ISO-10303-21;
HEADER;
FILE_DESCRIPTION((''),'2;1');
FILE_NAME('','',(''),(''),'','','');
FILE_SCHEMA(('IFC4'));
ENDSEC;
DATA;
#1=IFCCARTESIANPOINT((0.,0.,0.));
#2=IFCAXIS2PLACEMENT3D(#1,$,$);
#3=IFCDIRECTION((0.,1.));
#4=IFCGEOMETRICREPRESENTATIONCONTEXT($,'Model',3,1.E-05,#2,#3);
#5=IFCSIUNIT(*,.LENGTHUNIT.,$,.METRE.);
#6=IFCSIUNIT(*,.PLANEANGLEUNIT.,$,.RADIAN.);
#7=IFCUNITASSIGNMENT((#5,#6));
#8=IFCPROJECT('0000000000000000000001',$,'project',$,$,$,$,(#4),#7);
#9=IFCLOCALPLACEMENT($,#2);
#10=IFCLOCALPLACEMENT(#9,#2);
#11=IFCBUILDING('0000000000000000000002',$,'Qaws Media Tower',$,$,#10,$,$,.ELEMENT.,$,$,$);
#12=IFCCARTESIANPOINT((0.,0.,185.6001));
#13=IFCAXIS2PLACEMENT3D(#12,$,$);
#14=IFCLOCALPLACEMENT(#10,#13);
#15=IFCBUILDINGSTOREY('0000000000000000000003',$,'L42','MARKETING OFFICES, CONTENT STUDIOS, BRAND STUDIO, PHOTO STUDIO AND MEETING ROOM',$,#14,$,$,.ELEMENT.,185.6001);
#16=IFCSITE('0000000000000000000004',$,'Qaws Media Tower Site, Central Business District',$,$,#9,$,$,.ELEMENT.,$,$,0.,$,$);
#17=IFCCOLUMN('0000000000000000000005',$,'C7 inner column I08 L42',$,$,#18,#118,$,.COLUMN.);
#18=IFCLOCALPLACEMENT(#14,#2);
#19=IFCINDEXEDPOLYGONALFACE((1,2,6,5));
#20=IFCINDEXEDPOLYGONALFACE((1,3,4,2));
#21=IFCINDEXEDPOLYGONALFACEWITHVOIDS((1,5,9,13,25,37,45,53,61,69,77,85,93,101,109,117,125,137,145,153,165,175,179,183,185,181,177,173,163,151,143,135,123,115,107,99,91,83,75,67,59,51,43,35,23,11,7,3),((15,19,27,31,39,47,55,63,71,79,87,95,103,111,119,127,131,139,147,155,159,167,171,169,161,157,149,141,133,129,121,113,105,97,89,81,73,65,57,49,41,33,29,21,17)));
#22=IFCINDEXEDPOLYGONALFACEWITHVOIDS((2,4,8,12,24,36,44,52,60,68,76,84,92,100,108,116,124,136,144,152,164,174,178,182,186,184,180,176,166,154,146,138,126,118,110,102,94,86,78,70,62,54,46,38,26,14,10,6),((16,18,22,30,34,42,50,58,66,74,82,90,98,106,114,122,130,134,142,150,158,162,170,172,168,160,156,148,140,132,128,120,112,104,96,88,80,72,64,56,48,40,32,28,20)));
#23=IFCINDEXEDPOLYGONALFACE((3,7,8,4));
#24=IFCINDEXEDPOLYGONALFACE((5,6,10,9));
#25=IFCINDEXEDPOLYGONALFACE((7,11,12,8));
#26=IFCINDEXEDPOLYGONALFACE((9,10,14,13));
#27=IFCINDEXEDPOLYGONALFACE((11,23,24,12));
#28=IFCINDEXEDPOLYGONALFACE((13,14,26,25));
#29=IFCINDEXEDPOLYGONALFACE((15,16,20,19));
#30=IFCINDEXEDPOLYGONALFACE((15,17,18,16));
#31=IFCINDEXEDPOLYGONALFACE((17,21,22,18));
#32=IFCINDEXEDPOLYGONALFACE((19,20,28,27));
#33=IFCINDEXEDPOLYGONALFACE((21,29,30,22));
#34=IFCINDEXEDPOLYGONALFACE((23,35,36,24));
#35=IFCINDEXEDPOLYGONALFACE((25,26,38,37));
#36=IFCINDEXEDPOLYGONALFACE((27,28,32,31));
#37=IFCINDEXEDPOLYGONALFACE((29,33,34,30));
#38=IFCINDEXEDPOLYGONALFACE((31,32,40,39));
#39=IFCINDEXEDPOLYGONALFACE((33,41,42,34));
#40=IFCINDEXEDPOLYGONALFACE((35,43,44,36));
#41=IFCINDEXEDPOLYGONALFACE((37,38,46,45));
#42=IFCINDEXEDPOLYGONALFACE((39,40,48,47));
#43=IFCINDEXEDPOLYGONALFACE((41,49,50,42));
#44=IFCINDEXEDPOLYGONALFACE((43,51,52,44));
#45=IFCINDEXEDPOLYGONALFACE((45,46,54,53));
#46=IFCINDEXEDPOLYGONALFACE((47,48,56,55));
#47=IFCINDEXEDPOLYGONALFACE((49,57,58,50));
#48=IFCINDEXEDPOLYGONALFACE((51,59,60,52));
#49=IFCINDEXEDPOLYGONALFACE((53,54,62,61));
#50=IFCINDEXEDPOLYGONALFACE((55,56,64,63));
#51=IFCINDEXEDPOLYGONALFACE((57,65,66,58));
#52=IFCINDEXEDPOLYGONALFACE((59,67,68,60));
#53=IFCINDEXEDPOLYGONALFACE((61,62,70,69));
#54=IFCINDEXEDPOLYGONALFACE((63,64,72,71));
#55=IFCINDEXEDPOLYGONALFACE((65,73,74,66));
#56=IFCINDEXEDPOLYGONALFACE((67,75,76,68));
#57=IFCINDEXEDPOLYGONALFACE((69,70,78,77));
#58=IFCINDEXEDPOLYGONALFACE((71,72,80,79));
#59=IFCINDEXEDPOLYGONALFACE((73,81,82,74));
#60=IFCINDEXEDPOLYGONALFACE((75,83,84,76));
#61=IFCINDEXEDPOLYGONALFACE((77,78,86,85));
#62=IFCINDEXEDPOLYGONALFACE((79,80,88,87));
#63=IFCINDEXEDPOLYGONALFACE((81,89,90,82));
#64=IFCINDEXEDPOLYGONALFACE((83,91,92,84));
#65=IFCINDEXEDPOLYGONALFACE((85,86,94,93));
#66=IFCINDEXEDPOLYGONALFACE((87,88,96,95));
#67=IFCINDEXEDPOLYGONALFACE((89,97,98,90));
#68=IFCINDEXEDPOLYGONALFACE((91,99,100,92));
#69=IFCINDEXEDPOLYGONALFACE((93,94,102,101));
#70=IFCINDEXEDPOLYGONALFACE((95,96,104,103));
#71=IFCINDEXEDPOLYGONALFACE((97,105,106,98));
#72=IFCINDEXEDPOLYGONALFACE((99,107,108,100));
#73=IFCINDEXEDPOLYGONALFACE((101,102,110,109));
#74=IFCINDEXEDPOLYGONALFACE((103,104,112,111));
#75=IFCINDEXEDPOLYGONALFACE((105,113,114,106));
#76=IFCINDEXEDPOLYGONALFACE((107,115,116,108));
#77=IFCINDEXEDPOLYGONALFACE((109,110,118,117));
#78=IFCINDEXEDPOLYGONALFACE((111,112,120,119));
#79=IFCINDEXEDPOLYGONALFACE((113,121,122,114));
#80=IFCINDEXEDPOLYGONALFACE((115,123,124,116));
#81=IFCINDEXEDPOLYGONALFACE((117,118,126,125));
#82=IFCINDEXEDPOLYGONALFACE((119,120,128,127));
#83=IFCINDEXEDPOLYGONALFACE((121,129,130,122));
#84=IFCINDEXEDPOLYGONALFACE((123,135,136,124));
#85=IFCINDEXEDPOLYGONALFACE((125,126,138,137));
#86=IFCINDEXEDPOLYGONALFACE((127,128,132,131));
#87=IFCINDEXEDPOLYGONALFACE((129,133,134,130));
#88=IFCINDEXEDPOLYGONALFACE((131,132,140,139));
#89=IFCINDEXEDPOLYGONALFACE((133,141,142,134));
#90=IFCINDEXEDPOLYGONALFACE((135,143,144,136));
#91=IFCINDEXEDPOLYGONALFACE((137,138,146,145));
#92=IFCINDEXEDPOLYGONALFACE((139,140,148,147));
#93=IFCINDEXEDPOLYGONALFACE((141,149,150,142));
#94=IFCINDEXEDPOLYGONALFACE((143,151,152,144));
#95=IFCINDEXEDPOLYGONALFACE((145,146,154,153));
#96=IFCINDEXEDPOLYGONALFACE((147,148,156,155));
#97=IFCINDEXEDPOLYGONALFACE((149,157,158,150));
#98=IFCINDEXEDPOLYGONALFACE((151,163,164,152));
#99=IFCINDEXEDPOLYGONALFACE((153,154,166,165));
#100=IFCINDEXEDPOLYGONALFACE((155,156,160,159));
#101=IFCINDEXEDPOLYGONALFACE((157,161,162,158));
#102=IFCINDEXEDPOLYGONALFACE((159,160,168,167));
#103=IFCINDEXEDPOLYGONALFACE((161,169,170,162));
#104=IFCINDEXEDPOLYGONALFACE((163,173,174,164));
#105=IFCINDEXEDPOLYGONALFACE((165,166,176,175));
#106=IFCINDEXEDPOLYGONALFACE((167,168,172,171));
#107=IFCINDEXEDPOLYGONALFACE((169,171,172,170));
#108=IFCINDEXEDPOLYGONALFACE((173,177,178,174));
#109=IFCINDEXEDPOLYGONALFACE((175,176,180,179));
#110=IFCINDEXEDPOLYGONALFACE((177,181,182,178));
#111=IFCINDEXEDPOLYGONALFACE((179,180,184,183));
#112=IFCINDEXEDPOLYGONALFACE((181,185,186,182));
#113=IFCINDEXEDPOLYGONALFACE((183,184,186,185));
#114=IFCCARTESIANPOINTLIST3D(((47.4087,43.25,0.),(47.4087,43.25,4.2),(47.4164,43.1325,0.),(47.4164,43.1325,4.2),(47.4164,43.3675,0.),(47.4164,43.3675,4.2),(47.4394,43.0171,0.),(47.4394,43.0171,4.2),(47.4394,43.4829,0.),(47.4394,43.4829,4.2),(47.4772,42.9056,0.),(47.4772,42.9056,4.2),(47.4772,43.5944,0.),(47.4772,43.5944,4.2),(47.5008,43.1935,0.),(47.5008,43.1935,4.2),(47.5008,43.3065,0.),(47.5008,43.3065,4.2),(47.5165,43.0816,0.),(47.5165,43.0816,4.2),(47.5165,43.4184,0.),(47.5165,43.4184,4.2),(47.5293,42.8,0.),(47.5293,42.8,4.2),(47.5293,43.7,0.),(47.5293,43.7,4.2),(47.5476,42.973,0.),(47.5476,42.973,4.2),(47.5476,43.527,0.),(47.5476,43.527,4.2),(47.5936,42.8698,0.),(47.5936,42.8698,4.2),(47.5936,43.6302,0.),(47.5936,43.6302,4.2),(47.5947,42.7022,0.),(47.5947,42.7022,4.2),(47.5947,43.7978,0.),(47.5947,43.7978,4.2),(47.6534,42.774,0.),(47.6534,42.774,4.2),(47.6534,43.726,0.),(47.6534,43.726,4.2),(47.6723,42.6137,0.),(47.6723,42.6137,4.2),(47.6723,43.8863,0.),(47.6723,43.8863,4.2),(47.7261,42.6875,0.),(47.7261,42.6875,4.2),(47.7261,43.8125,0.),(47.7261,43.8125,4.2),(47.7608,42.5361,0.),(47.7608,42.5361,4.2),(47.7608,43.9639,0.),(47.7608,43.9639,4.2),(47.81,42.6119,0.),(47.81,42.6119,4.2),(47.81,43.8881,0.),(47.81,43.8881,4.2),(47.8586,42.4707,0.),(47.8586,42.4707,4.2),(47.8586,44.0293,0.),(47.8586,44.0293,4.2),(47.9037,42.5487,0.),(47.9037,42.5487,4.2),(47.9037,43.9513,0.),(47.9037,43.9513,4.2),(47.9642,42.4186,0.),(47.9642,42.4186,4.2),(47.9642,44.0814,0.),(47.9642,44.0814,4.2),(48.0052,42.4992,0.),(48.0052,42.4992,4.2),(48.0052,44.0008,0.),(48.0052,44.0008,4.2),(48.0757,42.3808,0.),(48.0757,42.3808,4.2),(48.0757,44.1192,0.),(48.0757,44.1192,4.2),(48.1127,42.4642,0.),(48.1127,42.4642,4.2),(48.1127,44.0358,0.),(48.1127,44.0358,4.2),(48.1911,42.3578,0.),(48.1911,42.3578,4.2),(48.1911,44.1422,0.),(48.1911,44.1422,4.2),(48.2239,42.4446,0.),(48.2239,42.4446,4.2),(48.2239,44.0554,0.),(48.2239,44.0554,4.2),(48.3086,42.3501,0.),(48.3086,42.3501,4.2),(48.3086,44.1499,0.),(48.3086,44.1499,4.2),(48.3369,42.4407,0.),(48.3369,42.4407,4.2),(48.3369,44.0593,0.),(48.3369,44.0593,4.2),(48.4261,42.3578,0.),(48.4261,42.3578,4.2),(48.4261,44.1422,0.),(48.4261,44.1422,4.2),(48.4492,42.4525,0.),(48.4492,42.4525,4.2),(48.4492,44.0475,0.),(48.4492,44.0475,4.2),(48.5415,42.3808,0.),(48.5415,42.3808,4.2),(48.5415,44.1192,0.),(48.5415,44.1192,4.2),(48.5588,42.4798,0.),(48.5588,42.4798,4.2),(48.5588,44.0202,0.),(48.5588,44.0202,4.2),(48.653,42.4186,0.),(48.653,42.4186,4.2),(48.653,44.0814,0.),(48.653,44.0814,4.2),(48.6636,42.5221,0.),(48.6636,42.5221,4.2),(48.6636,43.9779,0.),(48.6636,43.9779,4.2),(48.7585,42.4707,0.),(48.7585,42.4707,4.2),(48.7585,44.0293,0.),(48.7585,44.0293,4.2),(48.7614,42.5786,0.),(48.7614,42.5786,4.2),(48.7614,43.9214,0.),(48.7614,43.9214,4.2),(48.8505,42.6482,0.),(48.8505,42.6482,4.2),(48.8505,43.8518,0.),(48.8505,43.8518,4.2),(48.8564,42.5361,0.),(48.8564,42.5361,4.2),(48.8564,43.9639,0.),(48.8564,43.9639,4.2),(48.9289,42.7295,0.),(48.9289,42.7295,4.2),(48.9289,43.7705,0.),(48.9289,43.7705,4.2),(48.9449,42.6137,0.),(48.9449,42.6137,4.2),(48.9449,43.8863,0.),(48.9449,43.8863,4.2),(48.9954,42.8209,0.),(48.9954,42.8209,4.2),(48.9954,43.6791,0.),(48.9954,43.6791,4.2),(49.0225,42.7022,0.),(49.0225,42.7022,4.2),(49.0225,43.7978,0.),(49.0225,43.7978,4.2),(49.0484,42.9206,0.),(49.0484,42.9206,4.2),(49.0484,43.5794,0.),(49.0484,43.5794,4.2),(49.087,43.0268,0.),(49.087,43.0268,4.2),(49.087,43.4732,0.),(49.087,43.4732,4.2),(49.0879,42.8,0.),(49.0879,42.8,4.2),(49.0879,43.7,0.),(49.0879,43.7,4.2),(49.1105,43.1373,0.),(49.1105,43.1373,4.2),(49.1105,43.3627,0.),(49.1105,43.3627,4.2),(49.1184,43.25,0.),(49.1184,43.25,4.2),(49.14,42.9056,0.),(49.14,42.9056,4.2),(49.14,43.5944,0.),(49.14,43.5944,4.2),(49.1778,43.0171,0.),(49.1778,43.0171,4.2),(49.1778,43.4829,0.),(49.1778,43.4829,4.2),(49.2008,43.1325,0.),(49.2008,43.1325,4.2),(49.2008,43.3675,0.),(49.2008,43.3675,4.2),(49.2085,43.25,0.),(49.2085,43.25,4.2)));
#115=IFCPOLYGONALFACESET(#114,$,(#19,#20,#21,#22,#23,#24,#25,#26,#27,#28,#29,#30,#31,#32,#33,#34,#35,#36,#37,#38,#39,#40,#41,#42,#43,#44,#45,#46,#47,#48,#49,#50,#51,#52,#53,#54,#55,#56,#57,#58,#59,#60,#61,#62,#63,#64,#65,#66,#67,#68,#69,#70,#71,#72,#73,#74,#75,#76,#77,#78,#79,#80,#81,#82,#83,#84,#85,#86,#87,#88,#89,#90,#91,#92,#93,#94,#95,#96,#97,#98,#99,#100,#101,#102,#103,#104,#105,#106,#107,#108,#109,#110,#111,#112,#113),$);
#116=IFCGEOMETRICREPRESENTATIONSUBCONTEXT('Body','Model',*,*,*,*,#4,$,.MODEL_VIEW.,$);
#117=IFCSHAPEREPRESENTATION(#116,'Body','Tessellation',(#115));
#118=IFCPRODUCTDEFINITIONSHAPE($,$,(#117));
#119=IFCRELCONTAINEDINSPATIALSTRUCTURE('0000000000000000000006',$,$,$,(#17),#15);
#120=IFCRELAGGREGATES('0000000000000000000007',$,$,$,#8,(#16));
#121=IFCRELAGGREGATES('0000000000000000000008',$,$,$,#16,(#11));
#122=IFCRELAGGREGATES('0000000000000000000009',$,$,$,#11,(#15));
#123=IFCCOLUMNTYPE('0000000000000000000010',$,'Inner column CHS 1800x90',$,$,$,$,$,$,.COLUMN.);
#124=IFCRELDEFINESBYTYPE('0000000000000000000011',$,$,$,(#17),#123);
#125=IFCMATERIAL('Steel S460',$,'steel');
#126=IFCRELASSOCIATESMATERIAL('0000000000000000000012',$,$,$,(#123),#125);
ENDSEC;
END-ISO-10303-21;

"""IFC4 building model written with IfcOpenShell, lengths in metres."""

from ifc_helpers import new_model, si_unit, direction, frame, origin, origin_2d, place, context, subcontext, project, spatial, hollow_circle, extrude, material, material_profile, profile_set, type_object, element, save


model = new_model("IFC4")

# Units and contexts
model_context = context("Model", 3, precision=1e-05, world=origin(), true_north=direction((0.0, 1.0)))
body_context = subcontext(model_context, "Body", "Model", "MODEL_VIEW")
ifc_project = project(units=[si_unit("LENGTHUNIT", "METRE"), si_unit("PLANEANGLEUNIT", "RADIAN")], contexts=[model_context])

# Site, building, storey
site_placement = place(None, origin())
site = spatial("IfcSite", under=ifc_project, at=site_placement, Name="Qaws Media Tower Site, Central Business District", CompositionType="ELEMENT", RefElevation=0.0)
building_placement = place(site_placement, origin())
building = spatial("IfcBuilding", under=site, at=building_placement, Name="Qaws Media Tower", CompositionType="ELEMENT")
storey_placement = place(building_placement, frame((0.0, 0.0, 185.6001)))
storey = spatial("IfcBuildingStorey", under=building, at=storey_placement, Name="L42", Description="MARKETING OFFICES, CONTENT STUDIOS, BRAND STUDIO, PHOTO STUDIO AND MEETING ROOM", CompositionType="ELEMENT", Elevation=185.6001)

# Column
ifc_material_1 = material(Name="Steel S460", Category="steel")
ifc_material_profile_1 = material_profile(ifc_material_1, hollow_circle(Radius=0.8999, WallThickness=0.0901, at=origin_2d()), Name="CHS 1800x90")
ifc_profile_set_1 = profile_set([ifc_material_profile_1], Name="Steel S460")
column_type = type_object("IfcColumnType", Name="Inner column CHS 1800x90", PredefinedType="COLUMN", material=ifc_profile_set_1)
for number, where, z_axis, x_axis, name in (
    (1, (48.3086, 43.25, 0.0), (0.0, 0.0, 1.0), (1.0, 0.0, 0.0), "C7 inner column I08 L42"),
):
    element("IfcColumn", number, at=place(storey_placement, frame(where, z_axis=z_axis, x_axis=x_axis)), inside=storey, type_object=column_type, Name=name, PredefinedType="COLUMN", context=body_context, shape_type="SweptSolid", body=[
        extrude(hollow_circle(Radius=0.8999, WallThickness=0.0901, at=origin_2d()), origin(), (0.0, 0.0, 1.0), 4.2),
    ])

save(model, "model.ifc")
